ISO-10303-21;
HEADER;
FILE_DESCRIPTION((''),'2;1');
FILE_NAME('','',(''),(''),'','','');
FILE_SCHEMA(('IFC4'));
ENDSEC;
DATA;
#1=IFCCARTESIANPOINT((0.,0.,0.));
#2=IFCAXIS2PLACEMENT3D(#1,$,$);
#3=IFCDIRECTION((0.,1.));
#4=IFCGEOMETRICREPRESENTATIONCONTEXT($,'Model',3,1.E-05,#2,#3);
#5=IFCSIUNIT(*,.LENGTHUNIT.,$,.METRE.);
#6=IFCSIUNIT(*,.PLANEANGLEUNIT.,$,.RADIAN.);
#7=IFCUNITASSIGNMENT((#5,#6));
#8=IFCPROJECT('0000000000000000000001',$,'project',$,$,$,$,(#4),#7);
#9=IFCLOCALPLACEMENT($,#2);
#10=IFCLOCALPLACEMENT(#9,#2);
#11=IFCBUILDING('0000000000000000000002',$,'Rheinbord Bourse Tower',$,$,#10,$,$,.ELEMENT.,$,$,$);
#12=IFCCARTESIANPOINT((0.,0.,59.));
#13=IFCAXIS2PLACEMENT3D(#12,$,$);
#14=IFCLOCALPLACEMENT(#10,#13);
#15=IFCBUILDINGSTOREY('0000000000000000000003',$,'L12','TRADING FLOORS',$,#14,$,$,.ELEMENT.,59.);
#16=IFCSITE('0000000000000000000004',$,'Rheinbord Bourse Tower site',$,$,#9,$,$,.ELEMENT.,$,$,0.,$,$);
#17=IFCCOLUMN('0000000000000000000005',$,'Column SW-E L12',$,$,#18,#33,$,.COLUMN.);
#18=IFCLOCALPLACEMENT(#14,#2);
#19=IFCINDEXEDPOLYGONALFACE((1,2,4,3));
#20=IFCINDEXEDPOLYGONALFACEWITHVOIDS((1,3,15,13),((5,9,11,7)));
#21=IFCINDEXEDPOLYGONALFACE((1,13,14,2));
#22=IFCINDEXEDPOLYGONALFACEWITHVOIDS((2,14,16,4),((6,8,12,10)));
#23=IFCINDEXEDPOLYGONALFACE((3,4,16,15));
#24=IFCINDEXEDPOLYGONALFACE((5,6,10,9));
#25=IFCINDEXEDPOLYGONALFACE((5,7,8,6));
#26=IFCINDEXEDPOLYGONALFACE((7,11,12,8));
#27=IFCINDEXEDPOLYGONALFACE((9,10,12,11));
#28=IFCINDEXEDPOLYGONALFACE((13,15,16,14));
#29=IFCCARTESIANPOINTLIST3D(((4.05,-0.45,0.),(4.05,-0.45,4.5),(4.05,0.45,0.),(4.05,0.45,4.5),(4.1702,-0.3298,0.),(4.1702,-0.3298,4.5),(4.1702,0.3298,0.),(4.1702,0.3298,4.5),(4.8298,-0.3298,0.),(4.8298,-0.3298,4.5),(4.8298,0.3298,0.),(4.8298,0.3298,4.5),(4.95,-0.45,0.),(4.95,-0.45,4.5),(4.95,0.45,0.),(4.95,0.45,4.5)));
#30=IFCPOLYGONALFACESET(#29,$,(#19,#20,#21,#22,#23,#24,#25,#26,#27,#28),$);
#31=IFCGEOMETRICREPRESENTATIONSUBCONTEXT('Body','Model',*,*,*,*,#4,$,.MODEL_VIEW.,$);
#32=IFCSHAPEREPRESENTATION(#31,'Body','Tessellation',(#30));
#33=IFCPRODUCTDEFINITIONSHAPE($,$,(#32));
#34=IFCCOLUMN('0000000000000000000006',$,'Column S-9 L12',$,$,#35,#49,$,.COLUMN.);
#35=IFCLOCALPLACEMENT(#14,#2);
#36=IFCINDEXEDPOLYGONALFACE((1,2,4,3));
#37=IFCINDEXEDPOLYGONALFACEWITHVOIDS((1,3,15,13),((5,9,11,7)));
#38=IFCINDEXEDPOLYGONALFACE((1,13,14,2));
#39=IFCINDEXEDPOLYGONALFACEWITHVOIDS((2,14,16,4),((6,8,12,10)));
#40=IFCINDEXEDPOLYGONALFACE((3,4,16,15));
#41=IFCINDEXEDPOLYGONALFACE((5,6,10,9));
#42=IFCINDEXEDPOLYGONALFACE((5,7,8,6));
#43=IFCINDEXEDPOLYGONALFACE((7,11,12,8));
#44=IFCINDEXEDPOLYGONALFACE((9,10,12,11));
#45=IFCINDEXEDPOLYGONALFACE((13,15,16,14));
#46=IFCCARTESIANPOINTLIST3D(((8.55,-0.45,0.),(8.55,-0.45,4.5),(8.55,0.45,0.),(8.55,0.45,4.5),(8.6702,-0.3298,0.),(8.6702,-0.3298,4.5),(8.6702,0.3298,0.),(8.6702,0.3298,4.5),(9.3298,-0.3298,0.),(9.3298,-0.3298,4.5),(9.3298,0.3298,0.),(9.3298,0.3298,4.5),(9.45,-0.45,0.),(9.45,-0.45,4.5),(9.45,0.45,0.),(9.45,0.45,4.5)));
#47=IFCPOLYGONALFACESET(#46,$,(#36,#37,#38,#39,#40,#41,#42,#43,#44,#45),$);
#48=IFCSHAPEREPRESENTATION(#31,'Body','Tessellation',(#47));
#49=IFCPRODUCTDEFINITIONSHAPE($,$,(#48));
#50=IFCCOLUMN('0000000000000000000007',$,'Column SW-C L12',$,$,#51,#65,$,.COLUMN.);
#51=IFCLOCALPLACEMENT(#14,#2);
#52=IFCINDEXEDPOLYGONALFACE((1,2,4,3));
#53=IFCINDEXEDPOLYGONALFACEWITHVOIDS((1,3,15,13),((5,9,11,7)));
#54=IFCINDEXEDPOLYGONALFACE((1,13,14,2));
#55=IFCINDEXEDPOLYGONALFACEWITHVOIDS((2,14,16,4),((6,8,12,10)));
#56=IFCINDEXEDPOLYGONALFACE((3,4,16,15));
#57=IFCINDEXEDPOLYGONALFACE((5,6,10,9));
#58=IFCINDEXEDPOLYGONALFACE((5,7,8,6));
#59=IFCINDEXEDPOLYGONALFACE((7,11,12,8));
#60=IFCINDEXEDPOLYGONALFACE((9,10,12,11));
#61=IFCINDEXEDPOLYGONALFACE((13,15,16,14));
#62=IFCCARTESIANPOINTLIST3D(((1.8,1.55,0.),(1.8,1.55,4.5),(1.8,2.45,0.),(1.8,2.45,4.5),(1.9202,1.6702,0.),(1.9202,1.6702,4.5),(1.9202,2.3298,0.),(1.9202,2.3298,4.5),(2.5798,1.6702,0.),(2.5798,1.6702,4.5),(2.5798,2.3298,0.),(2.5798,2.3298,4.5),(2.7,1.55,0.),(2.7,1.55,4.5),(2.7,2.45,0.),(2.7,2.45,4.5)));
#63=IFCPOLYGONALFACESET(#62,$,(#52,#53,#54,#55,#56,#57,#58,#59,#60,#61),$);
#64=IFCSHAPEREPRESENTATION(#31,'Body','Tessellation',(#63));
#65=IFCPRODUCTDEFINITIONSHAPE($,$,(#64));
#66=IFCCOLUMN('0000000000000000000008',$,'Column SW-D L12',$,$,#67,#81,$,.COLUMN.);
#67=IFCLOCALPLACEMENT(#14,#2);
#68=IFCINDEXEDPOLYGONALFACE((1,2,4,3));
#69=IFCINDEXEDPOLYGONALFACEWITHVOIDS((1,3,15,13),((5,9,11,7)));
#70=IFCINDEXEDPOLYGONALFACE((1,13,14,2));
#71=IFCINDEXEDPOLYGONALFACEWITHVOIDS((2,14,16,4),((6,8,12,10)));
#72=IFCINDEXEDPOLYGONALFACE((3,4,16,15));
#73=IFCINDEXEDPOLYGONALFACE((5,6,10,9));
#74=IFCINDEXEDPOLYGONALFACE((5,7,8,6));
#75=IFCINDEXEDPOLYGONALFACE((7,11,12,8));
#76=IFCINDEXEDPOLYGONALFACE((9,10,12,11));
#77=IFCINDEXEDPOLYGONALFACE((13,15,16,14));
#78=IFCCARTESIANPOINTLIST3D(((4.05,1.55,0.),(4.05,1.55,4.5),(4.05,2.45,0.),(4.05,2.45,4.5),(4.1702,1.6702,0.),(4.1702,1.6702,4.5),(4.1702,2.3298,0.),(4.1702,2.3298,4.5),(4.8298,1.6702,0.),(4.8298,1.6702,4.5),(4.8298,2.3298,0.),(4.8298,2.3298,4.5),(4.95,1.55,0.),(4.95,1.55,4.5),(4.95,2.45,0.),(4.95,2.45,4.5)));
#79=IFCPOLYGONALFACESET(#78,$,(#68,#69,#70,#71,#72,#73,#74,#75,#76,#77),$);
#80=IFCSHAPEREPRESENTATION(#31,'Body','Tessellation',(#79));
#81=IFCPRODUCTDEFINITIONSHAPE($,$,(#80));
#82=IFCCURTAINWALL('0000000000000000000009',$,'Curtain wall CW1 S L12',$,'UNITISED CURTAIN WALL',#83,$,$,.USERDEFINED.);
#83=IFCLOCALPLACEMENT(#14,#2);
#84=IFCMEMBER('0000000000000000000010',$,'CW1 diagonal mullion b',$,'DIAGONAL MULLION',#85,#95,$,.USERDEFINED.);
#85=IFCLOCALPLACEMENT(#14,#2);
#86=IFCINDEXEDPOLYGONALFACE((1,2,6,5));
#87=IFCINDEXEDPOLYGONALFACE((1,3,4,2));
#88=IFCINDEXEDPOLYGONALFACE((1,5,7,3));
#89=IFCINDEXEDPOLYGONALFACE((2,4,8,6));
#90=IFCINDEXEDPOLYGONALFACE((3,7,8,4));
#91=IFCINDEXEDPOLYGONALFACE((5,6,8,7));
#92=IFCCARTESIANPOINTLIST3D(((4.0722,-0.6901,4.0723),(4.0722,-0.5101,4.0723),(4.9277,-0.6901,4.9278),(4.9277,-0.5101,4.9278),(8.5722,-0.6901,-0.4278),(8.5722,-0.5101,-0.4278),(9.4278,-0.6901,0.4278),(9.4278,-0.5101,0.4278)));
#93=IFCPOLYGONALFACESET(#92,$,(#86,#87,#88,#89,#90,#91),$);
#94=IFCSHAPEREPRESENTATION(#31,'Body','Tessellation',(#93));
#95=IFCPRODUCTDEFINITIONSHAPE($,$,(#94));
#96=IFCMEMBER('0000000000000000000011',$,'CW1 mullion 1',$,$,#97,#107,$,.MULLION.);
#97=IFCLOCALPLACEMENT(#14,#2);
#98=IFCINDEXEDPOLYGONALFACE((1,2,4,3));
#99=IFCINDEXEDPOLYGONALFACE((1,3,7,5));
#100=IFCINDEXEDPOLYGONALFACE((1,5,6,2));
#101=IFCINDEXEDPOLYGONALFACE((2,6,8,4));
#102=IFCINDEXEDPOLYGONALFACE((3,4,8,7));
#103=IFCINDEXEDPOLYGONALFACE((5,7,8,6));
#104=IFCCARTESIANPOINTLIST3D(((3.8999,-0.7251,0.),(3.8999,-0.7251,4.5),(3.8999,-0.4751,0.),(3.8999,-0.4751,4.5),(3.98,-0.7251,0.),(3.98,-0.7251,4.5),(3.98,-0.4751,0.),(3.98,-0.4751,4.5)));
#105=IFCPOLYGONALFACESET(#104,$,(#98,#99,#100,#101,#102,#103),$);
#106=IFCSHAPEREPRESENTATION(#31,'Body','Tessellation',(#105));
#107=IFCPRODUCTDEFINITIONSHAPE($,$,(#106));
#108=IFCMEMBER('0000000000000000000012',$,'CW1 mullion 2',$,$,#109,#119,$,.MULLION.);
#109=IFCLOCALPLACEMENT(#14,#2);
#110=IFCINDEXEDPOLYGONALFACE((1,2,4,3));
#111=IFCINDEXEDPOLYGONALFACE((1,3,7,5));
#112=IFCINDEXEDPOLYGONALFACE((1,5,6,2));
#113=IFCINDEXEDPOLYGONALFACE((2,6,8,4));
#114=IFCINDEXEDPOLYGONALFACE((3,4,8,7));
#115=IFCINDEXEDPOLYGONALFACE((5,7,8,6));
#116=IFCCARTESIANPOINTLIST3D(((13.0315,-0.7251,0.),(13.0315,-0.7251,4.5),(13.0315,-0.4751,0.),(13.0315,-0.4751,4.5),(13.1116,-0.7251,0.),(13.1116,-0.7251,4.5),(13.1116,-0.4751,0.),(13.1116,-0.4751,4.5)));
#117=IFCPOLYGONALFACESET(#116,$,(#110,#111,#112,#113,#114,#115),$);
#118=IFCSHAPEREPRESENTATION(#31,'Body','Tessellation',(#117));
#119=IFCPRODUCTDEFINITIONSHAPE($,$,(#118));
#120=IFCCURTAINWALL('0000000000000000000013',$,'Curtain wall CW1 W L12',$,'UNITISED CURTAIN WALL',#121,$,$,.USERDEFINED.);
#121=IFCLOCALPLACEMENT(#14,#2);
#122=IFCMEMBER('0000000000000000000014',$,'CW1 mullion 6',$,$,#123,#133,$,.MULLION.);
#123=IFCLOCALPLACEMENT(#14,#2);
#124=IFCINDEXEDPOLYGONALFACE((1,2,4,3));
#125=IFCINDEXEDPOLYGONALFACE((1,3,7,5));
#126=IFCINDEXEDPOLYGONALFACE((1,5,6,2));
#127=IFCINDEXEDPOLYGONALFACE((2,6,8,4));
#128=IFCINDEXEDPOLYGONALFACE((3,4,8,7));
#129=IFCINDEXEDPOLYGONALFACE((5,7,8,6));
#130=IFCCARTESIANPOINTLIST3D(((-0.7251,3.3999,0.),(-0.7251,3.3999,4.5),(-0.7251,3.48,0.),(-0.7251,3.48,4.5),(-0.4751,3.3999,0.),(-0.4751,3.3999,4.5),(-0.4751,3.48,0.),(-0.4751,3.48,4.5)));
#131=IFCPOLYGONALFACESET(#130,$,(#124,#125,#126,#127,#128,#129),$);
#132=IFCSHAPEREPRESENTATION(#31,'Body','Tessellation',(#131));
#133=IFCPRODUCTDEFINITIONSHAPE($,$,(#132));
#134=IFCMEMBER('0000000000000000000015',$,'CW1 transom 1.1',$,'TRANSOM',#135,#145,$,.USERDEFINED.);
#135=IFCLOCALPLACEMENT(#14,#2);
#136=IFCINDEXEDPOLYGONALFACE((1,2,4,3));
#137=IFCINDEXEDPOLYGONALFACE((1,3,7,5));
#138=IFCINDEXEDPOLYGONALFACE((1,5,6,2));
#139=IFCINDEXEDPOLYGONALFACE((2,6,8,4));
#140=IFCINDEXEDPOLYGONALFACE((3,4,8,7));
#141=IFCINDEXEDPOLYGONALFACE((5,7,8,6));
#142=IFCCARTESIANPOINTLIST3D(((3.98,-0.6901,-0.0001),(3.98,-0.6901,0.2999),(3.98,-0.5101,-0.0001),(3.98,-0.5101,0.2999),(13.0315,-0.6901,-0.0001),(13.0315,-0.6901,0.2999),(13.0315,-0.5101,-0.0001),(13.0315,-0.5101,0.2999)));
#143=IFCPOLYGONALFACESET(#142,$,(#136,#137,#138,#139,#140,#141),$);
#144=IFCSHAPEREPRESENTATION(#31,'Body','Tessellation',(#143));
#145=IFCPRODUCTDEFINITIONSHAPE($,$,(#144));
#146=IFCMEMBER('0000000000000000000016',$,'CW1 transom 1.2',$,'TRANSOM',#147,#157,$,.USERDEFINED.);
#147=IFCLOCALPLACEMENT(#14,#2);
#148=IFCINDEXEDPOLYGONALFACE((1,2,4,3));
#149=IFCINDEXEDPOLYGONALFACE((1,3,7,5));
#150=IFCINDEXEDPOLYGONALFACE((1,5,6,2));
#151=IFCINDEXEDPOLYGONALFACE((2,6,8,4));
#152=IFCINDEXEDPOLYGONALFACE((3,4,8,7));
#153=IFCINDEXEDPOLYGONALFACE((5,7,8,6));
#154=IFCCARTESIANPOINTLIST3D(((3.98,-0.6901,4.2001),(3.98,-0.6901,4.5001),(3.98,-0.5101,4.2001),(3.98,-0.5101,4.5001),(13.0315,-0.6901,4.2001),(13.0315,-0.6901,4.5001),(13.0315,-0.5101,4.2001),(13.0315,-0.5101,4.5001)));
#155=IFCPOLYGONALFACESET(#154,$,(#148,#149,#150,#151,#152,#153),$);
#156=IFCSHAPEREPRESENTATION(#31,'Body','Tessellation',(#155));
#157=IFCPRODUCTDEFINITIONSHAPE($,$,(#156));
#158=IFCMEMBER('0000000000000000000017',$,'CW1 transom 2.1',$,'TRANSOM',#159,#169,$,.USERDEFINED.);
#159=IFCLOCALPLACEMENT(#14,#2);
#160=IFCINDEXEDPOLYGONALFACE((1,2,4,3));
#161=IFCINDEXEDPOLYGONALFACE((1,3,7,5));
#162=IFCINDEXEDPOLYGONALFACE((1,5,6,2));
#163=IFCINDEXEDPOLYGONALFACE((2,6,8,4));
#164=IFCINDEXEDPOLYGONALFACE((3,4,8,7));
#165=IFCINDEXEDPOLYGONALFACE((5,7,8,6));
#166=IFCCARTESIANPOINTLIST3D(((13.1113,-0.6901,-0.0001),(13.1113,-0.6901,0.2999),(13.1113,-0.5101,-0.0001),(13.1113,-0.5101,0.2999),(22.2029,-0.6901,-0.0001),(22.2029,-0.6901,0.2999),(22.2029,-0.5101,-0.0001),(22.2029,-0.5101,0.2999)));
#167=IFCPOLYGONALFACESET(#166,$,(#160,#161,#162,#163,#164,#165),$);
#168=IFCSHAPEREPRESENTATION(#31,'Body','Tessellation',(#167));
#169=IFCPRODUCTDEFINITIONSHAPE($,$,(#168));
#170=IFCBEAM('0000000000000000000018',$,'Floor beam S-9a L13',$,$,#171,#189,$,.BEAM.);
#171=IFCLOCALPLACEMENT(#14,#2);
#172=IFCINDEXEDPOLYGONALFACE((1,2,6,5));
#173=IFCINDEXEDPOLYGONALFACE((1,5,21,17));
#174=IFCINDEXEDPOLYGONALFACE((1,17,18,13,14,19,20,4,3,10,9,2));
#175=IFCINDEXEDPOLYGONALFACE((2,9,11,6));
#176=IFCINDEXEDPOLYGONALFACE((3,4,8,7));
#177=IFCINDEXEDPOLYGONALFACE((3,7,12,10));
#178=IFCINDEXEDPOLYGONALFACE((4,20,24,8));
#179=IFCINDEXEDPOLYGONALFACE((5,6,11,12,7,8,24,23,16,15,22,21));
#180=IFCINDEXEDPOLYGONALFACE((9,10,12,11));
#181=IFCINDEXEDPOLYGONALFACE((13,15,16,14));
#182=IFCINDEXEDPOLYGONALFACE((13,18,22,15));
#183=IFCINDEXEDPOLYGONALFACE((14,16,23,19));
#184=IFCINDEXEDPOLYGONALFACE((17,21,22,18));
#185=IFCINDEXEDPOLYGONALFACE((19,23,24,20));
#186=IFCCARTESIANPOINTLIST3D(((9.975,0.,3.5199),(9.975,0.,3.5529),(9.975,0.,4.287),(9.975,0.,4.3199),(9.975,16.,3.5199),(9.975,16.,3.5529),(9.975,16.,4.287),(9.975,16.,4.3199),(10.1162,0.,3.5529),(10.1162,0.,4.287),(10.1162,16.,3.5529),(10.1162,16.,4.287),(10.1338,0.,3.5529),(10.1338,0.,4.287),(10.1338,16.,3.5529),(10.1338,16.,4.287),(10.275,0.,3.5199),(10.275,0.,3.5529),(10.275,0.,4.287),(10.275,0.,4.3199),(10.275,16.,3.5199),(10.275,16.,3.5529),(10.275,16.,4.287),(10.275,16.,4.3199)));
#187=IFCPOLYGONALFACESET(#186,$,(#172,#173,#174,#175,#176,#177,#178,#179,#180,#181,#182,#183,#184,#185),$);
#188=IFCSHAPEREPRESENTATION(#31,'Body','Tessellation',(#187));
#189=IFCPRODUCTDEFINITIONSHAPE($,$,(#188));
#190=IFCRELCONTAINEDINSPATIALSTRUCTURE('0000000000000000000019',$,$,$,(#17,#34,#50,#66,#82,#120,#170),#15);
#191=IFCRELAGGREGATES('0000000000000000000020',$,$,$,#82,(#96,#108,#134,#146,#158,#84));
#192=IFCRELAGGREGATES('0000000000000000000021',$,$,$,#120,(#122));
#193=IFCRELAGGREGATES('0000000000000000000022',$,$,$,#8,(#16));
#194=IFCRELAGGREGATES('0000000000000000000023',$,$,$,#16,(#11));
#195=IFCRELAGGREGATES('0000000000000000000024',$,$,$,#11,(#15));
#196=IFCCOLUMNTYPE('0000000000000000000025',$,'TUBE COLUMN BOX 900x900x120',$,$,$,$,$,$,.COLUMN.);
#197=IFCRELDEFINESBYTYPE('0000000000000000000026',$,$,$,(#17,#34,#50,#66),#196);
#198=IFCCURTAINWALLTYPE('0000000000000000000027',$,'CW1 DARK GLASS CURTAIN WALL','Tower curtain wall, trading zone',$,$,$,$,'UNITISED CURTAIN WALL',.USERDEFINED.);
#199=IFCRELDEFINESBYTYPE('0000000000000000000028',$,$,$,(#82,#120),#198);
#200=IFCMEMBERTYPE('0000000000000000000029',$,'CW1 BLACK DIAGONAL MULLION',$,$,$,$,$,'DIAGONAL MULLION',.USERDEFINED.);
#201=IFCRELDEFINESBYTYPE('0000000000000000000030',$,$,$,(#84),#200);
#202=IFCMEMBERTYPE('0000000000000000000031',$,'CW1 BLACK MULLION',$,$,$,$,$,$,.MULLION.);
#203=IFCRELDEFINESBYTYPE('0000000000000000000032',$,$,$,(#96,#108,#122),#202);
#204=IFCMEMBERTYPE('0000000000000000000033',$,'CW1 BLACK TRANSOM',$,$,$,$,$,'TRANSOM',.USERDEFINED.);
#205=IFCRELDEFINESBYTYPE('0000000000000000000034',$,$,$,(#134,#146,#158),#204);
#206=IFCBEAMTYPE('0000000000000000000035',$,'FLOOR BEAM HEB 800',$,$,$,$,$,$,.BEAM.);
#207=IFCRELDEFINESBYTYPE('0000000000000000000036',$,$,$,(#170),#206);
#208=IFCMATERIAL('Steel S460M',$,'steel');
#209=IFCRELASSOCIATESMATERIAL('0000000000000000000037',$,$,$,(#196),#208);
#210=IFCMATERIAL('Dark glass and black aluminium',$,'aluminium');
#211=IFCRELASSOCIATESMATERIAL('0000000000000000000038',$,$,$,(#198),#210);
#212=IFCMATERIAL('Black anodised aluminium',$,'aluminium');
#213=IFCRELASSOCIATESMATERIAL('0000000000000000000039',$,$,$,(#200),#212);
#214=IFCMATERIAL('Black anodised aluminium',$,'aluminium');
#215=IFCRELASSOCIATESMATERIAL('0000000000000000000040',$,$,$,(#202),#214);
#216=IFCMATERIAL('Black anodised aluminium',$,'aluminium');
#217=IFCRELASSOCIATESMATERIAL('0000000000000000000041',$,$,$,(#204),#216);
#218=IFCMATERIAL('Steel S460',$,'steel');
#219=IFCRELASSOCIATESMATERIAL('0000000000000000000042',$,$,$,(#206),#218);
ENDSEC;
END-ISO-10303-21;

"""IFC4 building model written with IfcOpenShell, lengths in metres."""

from ifc_helpers import new_model, si_unit, direction, frame, origin, origin_2d, place, context, subcontext, project, spatial, rectangle, hollow_rectangle, i_section, extrude, material, material_profile, profile_set, type_object, element, aggregate, save


model = new_model("IFC4")

# Units and contexts
model_context = context("Model", 3, precision=1e-05, world=origin(), true_north=direction((0.0, 1.0)))
body_context = subcontext(model_context, "Body", "Model", "MODEL_VIEW")
ifc_project = project(units=[si_unit("LENGTHUNIT", "METRE"), si_unit("PLANEANGLEUNIT", "RADIAN")], contexts=[model_context])

# Site, building, storey
site_placement = place(None, origin())
site = spatial("IfcSite", under=ifc_project, at=site_placement, Name="Rheinbord Bourse Tower site", CompositionType="ELEMENT", RefElevation=0.0)
building_placement = place(site_placement, origin())
building = spatial("IfcBuilding", under=site, at=building_placement, Name="Rheinbord Bourse Tower", CompositionType="ELEMENT")
storey_placement = place(building_placement, frame((0.0, 0.0, 59.0)))
storey = spatial("IfcBuildingStorey", under=building, at=storey_placement, Name="L12", Description="TRADING FLOORS", CompositionType="ELEMENT", Elevation=59.0)

# Columns
ifc_material_1 = material(Name="Steel S460M", Category="steel")
ifc_material_profile_1 = material_profile(ifc_material_1, hollow_rectangle(XDim=0.8999, YDim=0.8999, WallThickness=0.1201, at=origin_2d()), Name="BOX 900x900x120")
ifc_profile_set_1 = profile_set([ifc_material_profile_1], Name="Steel S460M")
column_type = type_object("IfcColumnType", Name="TUBE COLUMN BOX 900x900x120", PredefinedType="COLUMN", material=ifc_profile_set_1)
for number, where, z_axis, x_axis, name in (
    (1, (4.5, 0.0, 0.0), (0.0, 0.0, 1.0), (0.0, 1.0, 0.0), "Column SW-E L12"),
    (2, (9.0, 0.0, 0.0), (0.0, 0.0, 1.0), (0.0, 1.0, 0.0), "Column S-9 L12"),
    (3, (2.25, 2.0, 0.0), (0.0, 0.0, 1.0), (1.0, 0.0, 0.0), "Column SW-C L12"),
    (4, (4.5, 2.0, 0.0), (0.0, 0.0, 1.0), (0.0, 1.0, 0.0), "Column SW-D L12"),
):
    element("IfcColumn", number, at=place(storey_placement, frame(where, z_axis=z_axis, x_axis=x_axis)), inside=storey, type_object=column_type, Name=name, PredefinedType="COLUMN", context=body_context, shape_type="SweptSolid", body=[
        extrude(hollow_rectangle(XDim=0.8999, YDim=0.8999, WallThickness=0.1201, at=origin_2d()), origin(), (0.0, 0.0, 1.0), 4.5),
    ])

# Curtain wall, members
ifc_material_2 = material(Name="Dark glass and black aluminium", Category="aluminium")
curtain_wall_type = type_object("IfcCurtainWallType", Name="CW1 DARK GLASS CURTAIN WALL", Description="Tower curtain wall, trading zone", ElementType="UNITISED CURTAIN WALL", PredefinedType="USERDEFINED", material=ifc_material_2)
curtain_wall_1_placement = place(storey_placement, origin())
curtain_wall_1 = element("IfcCurtainWall", 5, at=curtain_wall_1_placement, inside=storey, type_object=curtain_wall_type, Name="Curtain wall CW1 S L12", ObjectType="UNITISED CURTAIN WALL", PredefinedType="USERDEFINED")
ifc_material_3 = material(Name="Black anodised aluminium", Category="aluminium")
ifc_material_profile_2 = material_profile(ifc_material_3, rectangle(XDim=0.1799, YDim=1.21, at=origin_2d()), Name="CW1 DIAGONAL MULLION 1210x180")
ifc_profile_set_2 = profile_set([ifc_material_profile_2], Name="Black anodised aluminium")
member_type_1 = type_object("IfcMemberType", Name="CW1 BLACK DIAGONAL MULLION", ElementType="DIAGONAL MULLION", PredefinedType="USERDEFINED", material=ifc_profile_set_2)
member_1_placement = place(storey_placement, frame((9.0, -0.6001, 0.0), z_axis=(-0.707107, 0.0, 0.707107), x_axis=(0.0, -1.0, 0.0)))
member_1 = element("IfcMember", 6, at=member_1_placement, type_object=member_type_1, Name="CW1 diagonal mullion b", ObjectType="DIAGONAL MULLION", PredefinedType="USERDEFINED", context=body_context, shape_type="SweptSolid", body=[
    extrude(rectangle(XDim=0.1799, YDim=1.21, at=origin_2d()), origin(), (0.0, 0.0, 1.0), 6.364),
])
ifc_material_4 = material(Name="Black anodised aluminium", Category="aluminium")
ifc_material_profile_3 = material_profile(ifc_material_4, rectangle(XDim=0.25, YDim=0.0801, at=origin_2d()), Name="CW1 MULLION 80x250")
ifc_profile_set_3 = profile_set([ifc_material_profile_3], Name="Black anodised aluminium")
member_type_2 = type_object("IfcMemberType", Name="CW1 BLACK MULLION", PredefinedType="MULLION", material=ifc_profile_set_3)
member_2_placement = place(storey_placement, frame((3.9399, -0.6001, 0.0), z_axis=(0.0, 0.0, 1.0), x_axis=(0.0, 1.0, 0.0)))
member_2 = element("IfcMember", 7, at=member_2_placement, type_object=member_type_2, Name="CW1 mullion 1", PredefinedType="MULLION", context=body_context, shape_type="SweptSolid", body=[
    extrude(rectangle(XDim=0.25, YDim=0.0801, at=origin_2d()), origin(), (0.0, 0.0, 1.0), 4.5),
])
member_3_placement = place(storey_placement, frame((13.0715, -0.6001, 0.0), z_axis=(0.0, 0.0, 1.0), x_axis=(0.0, 1.0, 0.0)))
member_3 = element("IfcMember", 8, at=member_3_placement, type_object=member_type_2, Name="CW1 mullion 2", PredefinedType="MULLION", context=body_context, shape_type="SweptSolid", body=[
    extrude(rectangle(XDim=0.25, YDim=0.0801, at=origin_2d()), origin(), (0.0, 0.0, 1.0), 4.5),
])

# Curtain wall, member
curtain_wall_2_placement = place(storey_placement, origin())
curtain_wall_2 = element("IfcCurtainWall", 9, at=curtain_wall_2_placement, inside=storey, type_object=curtain_wall_type, Name="Curtain wall CW1 W L12", ObjectType="UNITISED CURTAIN WALL", PredefinedType="USERDEFINED")
member_4_placement = place(storey_placement, frame((-0.6001, 3.4399, 0.0), z_axis=(0.0, 0.0, 1.0), x_axis=(1.0, 0.0, 0.0)))
member_4 = element("IfcMember", 10, at=member_4_placement, type_object=member_type_2, Name="CW1 mullion 6", PredefinedType="MULLION", context=body_context, shape_type="SweptSolid", body=[
    extrude(rectangle(XDim=0.25, YDim=0.0801, at=origin_2d()), origin(), (0.0, 0.0, 1.0), 4.5),
])

# Members
ifc_material_5 = material(Name="Black anodised aluminium", Category="aluminium")
ifc_material_profile_4 = material_profile(ifc_material_5, rectangle(XDim=0.1799, YDim=0.3, at=origin_2d()), Name="CW1 TRANSOM 300x180")
ifc_profile_set_4 = profile_set([ifc_material_profile_4], Name="Black anodised aluminium")
member_type_3 = type_object("IfcMemberType", Name="CW1 BLACK TRANSOM", ElementType="TRANSOM", PredefinedType="USERDEFINED", material=ifc_profile_set_4)
member_5_placement = place(storey_placement, frame((3.98, -0.6001, 0.1499), z_axis=(1.0, 0.0, 0.0), x_axis=(0.0, 1.0, 0.0)))
member_5 = element("IfcMember", 11, at=member_5_placement, type_object=member_type_3, Name="CW1 transom 1.1", ObjectType="TRANSOM", PredefinedType="USERDEFINED", context=body_context, shape_type="SweptSolid", body=[
    extrude(rectangle(XDim=0.1799, YDim=0.3, at=origin_2d()), origin(), (0.0, 0.0, 1.0), 9.0515),
])
member_6_placement = place(storey_placement, frame((3.98, -0.6001, 4.3501), z_axis=(1.0, 0.0, 0.0), x_axis=(0.0, 1.0, 0.0)))
member_6 = element("IfcMember", 12, at=member_6_placement, type_object=member_type_3, Name="CW1 transom 1.2", ObjectType="TRANSOM", PredefinedType="USERDEFINED", context=body_context, shape_type="SweptSolid", body=[
    extrude(rectangle(XDim=0.1799, YDim=0.3, at=origin_2d()), origin(), (0.0, 0.0, 1.0), 9.0515),
])
member_7_placement = place(storey_placement, frame((13.1113, -0.6001, 0.1499), z_axis=(1.0, 0.0, 0.0), x_axis=(0.0, 1.0, 0.0)))
member_7 = element("IfcMember", 13, at=member_7_placement, type_object=member_type_3, Name="CW1 transom 2.1", ObjectType="TRANSOM", PredefinedType="USERDEFINED", context=body_context, shape_type="SweptSolid", body=[
    extrude(rectangle(XDim=0.1799, YDim=0.3, at=origin_2d()), origin(), (0.0, 0.0, 1.0), 9.0916),
])

# Beam
ifc_material_6 = material(Name="Steel S460", Category="steel")
ifc_material_profile_5 = material_profile(ifc_material_6, i_section(OverallWidth=0.3, OverallDepth=0.8, WebThickness=0.0176, FlangeThickness=0.033, at=origin_2d()), Name="HEB 800")
ifc_profile_set_5 = profile_set([ifc_material_profile_5], Name="Steel S460")
beam_type_1 = type_object("IfcBeamType", Name="FLOOR BEAM HEB 800", PredefinedType="BEAM", material=ifc_profile_set_5)
for number, where, z_axis, x_axis, name in (
    (14, (10.125, 0.0, 3.9199), (0.0, 1.0, 0.0), (-1.0, 0.0, 0.0), "Floor beam S-9a L13"),
):
    element("IfcBeam", number, at=place(storey_placement, frame(where, z_axis=z_axis, x_axis=x_axis)), inside=storey, type_object=beam_type_1, Name=name, PredefinedType="BEAM", context=body_context, shape_type="SweptSolid", body=[
        extrude(i_section(OverallWidth=0.3, OverallDepth=0.8, WebThickness=0.0176, FlangeThickness=0.033, at=origin_2d()), origin(), (0.0, 0.0, 1.0), 16.0),
    ])

aggregate(curtain_wall_1, [member_2, member_3, member_5, member_6, member_7, member_1])
aggregate(curtain_wall_2, [member_4])

save(model, "model.ifc")
